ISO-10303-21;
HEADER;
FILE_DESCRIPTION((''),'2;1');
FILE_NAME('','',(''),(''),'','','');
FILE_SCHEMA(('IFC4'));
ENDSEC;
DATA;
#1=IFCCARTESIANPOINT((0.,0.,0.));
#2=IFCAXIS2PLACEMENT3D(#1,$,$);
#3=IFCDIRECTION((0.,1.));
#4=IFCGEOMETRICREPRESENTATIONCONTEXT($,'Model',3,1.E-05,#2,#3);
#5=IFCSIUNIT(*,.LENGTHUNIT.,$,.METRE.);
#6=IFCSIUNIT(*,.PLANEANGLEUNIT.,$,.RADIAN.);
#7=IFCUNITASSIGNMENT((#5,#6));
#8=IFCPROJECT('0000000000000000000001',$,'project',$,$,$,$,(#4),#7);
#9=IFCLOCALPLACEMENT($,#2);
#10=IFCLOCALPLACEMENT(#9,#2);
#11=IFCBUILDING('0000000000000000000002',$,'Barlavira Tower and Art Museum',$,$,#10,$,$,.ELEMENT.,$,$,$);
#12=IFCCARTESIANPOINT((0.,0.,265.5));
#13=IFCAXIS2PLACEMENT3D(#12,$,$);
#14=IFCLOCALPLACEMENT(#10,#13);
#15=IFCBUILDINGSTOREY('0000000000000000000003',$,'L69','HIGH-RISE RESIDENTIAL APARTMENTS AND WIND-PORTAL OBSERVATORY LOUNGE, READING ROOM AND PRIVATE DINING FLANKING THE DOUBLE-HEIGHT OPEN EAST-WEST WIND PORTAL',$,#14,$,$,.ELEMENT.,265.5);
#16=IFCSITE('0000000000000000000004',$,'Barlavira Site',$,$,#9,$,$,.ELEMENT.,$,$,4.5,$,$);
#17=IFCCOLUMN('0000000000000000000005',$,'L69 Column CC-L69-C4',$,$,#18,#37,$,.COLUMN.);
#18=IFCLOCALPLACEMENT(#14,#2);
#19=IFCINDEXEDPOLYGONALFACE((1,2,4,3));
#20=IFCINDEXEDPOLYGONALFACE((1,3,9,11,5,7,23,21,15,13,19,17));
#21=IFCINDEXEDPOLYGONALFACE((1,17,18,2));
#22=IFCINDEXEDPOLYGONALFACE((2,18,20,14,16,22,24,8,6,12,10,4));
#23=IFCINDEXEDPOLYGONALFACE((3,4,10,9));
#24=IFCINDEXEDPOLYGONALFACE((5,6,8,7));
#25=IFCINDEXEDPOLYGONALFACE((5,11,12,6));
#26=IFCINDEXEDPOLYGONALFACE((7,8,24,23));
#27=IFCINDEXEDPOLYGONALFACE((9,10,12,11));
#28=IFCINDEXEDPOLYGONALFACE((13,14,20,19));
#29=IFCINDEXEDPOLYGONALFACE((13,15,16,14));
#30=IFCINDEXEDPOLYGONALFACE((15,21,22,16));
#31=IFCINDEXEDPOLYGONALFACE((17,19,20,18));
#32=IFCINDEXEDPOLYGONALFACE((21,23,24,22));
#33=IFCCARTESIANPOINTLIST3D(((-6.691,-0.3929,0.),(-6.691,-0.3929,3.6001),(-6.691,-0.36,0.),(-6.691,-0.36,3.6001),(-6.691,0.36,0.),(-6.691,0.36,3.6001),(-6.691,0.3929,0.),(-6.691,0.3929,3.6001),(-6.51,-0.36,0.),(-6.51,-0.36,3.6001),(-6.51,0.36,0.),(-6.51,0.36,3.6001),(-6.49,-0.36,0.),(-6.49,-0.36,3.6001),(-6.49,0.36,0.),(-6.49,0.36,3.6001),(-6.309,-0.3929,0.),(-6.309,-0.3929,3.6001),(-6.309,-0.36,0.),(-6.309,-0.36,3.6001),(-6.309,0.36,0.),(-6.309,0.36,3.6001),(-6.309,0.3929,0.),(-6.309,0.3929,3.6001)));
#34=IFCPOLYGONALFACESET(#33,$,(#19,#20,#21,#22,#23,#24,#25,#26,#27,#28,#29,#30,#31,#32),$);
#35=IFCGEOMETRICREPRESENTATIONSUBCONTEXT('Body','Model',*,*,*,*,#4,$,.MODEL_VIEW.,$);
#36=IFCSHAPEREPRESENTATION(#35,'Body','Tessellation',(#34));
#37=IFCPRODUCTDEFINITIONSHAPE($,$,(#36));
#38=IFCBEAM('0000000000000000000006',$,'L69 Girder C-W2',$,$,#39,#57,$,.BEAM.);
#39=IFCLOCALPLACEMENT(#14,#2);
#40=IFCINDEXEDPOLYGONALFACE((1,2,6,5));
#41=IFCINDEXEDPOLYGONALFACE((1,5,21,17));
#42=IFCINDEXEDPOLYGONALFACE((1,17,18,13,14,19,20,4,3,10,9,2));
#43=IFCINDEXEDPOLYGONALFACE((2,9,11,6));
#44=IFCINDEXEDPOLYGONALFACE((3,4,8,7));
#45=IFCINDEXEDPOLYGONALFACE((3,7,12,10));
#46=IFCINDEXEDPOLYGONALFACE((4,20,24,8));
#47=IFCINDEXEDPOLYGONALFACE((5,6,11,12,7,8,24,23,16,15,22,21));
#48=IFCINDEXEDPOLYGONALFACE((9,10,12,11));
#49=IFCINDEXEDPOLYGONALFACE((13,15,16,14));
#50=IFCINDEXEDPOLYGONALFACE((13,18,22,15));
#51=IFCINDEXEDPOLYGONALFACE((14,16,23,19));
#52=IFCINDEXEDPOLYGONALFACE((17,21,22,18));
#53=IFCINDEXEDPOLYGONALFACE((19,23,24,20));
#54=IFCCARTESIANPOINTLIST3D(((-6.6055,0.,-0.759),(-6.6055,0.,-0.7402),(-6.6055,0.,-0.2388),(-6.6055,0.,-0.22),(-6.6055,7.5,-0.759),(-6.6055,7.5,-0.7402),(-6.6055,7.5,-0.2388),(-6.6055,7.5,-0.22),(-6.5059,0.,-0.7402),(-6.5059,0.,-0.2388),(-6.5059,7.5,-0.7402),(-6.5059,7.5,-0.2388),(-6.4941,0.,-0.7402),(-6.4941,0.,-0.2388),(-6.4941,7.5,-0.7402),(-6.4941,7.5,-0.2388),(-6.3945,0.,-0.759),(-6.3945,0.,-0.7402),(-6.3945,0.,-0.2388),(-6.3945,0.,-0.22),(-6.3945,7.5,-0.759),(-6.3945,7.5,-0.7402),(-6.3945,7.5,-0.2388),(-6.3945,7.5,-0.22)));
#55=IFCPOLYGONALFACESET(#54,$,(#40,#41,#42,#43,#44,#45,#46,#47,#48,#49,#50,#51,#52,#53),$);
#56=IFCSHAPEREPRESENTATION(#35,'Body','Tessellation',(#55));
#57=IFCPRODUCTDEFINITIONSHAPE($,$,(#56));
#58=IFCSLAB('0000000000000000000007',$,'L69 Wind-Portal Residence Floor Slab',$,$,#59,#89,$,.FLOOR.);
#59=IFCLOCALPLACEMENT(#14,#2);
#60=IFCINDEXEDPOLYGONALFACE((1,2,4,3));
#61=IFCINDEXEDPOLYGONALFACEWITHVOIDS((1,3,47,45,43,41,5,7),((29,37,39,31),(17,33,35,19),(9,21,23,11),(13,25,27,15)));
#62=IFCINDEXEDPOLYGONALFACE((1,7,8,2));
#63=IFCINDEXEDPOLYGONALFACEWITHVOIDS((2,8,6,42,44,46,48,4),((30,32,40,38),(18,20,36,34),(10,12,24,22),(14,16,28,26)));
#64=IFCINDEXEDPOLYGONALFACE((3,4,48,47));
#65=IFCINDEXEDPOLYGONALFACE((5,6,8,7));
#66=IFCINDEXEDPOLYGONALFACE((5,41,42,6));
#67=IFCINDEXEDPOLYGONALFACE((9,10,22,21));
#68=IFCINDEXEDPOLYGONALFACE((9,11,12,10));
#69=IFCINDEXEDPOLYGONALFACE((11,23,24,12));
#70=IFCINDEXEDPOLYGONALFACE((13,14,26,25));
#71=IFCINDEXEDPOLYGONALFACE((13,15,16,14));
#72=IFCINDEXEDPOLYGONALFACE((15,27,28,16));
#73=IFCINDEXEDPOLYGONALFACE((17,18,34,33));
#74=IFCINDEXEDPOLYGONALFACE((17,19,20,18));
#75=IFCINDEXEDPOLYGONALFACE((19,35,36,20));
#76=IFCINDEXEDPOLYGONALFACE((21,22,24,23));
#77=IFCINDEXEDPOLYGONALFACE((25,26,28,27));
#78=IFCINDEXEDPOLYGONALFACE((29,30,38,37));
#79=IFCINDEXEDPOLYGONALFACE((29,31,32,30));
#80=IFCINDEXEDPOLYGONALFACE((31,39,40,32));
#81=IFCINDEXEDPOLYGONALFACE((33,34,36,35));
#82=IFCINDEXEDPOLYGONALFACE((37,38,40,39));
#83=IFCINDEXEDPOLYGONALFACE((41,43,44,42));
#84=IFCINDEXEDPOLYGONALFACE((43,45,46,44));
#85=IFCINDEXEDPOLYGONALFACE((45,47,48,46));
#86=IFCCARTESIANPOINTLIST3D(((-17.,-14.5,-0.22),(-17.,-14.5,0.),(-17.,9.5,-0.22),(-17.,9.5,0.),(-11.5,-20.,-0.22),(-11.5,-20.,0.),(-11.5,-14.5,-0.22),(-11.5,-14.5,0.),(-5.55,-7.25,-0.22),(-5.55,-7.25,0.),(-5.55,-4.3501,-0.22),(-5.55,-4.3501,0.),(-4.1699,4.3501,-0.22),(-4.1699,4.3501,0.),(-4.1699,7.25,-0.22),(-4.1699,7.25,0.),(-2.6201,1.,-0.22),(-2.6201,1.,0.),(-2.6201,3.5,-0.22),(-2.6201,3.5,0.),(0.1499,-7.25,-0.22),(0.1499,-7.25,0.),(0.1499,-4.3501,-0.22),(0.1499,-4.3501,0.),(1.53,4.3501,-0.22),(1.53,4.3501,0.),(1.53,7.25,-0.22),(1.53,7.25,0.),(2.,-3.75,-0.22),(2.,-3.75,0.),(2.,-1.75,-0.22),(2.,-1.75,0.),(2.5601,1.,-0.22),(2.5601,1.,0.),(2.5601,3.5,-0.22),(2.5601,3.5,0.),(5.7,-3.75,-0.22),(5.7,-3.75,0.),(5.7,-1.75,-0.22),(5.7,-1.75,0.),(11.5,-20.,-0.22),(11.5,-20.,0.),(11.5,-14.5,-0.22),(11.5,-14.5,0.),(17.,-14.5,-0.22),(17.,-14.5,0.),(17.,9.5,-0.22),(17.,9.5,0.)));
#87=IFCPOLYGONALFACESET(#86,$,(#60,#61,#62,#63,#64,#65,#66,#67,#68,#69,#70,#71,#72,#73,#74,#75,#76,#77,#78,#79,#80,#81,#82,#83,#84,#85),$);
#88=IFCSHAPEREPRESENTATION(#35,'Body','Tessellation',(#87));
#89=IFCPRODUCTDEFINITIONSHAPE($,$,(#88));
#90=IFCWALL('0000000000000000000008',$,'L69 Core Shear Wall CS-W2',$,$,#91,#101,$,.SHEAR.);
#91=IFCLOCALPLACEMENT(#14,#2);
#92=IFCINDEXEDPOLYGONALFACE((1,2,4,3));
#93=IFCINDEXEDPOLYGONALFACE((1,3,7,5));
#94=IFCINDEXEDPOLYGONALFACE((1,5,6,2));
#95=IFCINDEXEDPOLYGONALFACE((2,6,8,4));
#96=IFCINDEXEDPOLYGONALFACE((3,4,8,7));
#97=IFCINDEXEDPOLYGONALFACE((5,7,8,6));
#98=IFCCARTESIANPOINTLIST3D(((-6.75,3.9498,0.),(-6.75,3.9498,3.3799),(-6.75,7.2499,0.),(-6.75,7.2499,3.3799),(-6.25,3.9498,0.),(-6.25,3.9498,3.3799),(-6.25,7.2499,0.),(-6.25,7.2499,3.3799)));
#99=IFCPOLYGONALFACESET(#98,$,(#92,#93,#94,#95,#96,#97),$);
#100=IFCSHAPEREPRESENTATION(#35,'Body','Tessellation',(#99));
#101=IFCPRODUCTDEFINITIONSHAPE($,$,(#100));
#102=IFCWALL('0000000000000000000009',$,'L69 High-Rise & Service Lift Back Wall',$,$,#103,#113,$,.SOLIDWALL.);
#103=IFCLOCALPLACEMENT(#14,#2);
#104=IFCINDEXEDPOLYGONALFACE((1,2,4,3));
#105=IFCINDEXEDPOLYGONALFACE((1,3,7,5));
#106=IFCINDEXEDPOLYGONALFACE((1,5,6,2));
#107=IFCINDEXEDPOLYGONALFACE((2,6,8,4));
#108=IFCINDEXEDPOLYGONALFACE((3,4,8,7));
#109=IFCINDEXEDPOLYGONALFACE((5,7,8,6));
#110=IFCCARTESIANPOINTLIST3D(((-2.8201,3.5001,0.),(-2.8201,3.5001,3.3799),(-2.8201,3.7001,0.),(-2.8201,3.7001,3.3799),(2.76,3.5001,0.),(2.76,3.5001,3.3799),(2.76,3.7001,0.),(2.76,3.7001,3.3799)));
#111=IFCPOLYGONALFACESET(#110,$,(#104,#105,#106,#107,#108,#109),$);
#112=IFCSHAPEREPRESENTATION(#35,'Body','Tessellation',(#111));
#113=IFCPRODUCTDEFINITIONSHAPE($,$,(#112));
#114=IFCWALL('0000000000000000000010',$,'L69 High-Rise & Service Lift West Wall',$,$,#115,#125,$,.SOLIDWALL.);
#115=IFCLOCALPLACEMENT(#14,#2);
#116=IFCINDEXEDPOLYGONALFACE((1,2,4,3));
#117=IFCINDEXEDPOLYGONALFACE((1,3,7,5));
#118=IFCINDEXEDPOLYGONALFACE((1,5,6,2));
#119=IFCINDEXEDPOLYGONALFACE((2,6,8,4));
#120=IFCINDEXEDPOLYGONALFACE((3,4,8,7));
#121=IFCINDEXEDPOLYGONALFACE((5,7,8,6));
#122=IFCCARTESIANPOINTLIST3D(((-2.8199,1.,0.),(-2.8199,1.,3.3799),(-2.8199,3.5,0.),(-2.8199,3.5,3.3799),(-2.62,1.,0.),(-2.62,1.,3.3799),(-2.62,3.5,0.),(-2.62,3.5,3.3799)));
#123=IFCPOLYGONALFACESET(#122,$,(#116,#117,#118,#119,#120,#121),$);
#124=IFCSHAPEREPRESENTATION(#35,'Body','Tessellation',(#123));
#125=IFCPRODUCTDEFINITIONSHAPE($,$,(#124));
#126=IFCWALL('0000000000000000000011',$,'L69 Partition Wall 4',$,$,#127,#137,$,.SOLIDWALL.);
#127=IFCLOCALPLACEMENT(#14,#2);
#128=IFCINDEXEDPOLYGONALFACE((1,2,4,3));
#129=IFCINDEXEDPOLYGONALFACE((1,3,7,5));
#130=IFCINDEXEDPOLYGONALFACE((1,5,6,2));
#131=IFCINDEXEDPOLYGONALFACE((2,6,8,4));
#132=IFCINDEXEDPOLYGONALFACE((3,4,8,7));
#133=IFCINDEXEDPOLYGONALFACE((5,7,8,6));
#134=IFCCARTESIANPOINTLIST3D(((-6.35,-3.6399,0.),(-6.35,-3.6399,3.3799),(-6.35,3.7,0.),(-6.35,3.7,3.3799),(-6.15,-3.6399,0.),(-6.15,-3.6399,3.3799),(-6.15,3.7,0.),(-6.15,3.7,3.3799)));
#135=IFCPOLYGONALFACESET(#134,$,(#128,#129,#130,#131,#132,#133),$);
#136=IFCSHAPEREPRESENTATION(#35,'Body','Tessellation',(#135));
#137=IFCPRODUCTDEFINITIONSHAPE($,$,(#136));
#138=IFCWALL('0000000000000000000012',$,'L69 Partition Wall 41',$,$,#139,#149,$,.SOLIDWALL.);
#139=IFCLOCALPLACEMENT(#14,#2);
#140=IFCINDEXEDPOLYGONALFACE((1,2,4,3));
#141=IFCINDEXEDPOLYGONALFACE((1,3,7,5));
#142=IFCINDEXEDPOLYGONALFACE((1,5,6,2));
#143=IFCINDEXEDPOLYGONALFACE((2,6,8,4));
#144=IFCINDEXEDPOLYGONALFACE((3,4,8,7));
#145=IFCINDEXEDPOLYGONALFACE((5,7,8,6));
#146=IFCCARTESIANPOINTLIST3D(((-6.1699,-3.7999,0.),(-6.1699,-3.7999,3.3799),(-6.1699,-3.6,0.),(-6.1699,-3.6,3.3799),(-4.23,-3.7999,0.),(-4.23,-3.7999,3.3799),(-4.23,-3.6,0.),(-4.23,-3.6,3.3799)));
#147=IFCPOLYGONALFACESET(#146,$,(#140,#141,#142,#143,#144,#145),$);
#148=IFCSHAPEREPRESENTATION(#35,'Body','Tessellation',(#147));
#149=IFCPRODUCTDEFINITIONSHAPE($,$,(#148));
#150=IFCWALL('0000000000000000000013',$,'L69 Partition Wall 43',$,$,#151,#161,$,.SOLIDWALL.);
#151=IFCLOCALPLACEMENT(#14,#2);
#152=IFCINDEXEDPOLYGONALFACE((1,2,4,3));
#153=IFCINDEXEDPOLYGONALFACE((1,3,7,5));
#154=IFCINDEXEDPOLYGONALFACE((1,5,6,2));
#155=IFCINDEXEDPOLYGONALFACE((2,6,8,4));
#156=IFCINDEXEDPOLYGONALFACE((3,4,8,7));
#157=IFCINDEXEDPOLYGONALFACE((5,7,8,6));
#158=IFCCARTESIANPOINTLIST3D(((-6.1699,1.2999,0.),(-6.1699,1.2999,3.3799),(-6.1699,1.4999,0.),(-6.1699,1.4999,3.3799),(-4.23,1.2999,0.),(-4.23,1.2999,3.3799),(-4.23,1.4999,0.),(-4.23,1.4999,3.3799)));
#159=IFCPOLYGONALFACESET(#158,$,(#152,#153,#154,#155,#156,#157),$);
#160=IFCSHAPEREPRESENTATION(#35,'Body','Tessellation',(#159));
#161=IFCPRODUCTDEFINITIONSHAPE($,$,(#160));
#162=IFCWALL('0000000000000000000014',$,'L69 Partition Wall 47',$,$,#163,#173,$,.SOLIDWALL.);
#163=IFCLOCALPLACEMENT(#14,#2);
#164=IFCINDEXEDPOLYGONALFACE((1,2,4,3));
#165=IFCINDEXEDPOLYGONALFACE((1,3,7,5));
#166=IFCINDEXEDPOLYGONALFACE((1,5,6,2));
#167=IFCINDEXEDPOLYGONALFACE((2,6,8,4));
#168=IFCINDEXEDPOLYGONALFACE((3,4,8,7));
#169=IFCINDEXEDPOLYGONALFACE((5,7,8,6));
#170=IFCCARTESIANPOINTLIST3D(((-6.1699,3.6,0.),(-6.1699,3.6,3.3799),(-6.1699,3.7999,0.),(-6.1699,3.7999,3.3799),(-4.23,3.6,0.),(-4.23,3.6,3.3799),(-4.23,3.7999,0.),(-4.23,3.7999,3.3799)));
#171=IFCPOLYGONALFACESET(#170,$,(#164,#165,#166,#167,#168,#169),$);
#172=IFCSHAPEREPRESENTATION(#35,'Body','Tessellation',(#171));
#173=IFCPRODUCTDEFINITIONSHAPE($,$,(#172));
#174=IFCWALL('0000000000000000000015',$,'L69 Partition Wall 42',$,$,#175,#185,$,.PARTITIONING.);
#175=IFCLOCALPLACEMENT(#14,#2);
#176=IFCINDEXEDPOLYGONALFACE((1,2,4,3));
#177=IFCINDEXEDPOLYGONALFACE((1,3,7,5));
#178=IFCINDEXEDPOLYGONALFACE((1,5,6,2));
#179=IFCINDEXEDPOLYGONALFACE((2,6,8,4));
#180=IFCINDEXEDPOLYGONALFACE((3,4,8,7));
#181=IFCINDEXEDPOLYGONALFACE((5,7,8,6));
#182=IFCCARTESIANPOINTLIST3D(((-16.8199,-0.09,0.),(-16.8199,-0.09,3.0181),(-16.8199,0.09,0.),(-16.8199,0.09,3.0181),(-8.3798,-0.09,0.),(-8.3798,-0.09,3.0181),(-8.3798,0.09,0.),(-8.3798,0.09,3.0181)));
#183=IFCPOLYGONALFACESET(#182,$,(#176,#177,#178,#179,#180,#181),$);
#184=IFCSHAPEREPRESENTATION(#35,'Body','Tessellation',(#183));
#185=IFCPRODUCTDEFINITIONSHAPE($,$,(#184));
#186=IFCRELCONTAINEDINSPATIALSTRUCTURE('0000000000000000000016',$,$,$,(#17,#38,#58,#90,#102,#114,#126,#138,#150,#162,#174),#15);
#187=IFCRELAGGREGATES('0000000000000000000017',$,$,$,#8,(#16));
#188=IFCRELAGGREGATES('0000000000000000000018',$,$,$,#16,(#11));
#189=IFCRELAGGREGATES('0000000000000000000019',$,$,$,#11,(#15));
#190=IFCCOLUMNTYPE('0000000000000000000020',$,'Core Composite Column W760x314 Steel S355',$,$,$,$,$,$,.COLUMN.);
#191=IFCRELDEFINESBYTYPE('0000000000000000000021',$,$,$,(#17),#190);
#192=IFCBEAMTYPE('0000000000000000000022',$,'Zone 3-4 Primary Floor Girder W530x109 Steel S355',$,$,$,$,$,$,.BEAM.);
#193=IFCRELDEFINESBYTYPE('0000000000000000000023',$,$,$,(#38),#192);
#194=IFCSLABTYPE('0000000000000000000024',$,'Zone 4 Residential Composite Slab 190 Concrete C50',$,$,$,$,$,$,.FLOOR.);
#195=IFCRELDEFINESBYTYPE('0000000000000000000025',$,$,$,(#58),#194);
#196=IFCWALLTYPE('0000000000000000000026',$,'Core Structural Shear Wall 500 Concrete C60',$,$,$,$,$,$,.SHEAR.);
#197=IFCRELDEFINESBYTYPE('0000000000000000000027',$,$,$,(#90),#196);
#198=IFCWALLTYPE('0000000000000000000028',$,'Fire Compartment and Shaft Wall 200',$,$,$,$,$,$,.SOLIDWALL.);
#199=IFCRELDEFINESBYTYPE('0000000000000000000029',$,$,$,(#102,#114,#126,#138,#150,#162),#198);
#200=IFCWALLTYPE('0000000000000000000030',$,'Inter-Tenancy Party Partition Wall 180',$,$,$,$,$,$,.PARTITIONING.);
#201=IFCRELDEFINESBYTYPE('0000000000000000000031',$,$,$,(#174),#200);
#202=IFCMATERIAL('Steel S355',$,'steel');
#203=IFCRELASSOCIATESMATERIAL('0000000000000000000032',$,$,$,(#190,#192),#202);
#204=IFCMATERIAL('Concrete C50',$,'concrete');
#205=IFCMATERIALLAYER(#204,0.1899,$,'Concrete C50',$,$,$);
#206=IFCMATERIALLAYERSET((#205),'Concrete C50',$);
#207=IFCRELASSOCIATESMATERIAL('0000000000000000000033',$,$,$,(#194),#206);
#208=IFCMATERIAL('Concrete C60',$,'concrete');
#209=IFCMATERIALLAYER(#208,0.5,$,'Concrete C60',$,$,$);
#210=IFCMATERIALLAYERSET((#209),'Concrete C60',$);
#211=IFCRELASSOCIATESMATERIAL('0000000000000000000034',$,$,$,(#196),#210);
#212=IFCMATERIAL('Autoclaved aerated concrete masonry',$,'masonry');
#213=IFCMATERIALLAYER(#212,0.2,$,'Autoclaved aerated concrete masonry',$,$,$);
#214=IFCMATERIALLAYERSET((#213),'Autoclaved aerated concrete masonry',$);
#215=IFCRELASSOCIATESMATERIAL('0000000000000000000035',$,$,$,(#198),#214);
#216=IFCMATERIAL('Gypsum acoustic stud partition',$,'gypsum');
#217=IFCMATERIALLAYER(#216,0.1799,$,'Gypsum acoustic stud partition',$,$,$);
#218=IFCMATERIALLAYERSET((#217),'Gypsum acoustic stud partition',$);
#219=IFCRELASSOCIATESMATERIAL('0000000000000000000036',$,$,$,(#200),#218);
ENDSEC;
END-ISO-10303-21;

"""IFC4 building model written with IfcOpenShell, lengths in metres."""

from ifc_helpers import new_model, si_unit, direction, frame, frame_2d, origin, origin_2d, place, context, subcontext, project, spatial, polyline, rectangle, i_section, outline, extrude, material, layer, layer_set, material_profile, profile_set, type_object, element, save


model = new_model("IFC4")

# Units and contexts
model_context = context("Model", 3, precision=1e-05, world=origin(), true_north=direction((0.0, 1.0)))
body_context = subcontext(model_context, "Body", "Model", "MODEL_VIEW")
ifc_project = project(units=[si_unit("LENGTHUNIT", "METRE"), si_unit("PLANEANGLEUNIT", "RADIAN")], contexts=[model_context])

# Site, building, storey
site_placement = place(None, origin())
site = spatial("IfcSite", under=ifc_project, at=site_placement, Name="Barlavira Site", CompositionType="ELEMENT", RefElevation=4.5)
building_placement = place(site_placement, origin())
building = spatial("IfcBuilding", under=site, at=building_placement, Name="Barlavira Tower and Art Museum", CompositionType="ELEMENT")
storey_placement = place(building_placement, frame((0.0, 0.0, 265.5)))
storey = spatial("IfcBuildingStorey", under=building, at=storey_placement, Name="L69", Description="HIGH-RISE RESIDENTIAL APARTMENTS AND WIND-PORTAL OBSERVATORY LOUNGE, READING ROOM AND PRIVATE DINING FLANKING THE DOUBLE-HEIGHT OPEN EAST-WEST WIND PORTAL", CompositionType="ELEMENT", Elevation=265.5)

# Column
ifc_material_1 = material(Name="Steel S355", Category="steel")
ifc_material_profile_1 = material_profile(ifc_material_1, i_section(OverallWidth=0.3821, OverallDepth=0.7859, WebThickness=0.02, FlangeThickness=0.033, at=origin_2d()), Name="W760x314.0")
ifc_profile_set_1 = profile_set([ifc_material_profile_1], Name="Steel S355")
column_type = type_object("IfcColumnType", Name="Core Composite Column W760x314 Steel S355", PredefinedType="COLUMN", material=ifc_profile_set_1)
column_placement = place(storey_placement, frame((-6.5, 0.0, 0.0), z_axis=(0.0, 0.0, 1.0), x_axis=(1.0, 0.0, 0.0)))
element("IfcColumn", 1, at=column_placement, inside=storey, type_object=column_type, Name="L69 Column CC-L69-C4", PredefinedType="COLUMN", context=body_context, shape_type="SweptSolid", body=[
    extrude(i_section(OverallWidth=0.3821, OverallDepth=0.7859, WebThickness=0.02, FlangeThickness=0.033, at=origin_2d()), origin(), (0.0, 0.0, 1.0), 3.6001),
])

# Beam
ifc_material_profile_2 = material_profile(ifc_material_1, i_section(OverallWidth=0.2109, OverallDepth=0.5391, WebThickness=0.0117, FlangeThickness=0.0188, at=origin_2d()), Name="W530x109.0")
ifc_profile_set_2 = profile_set([ifc_material_profile_2], Name="Steel S355")
beam_type = type_object("IfcBeamType", Name="Zone 3-4 Primary Floor Girder W530x109 Steel S355", PredefinedType="BEAM", material=ifc_profile_set_2)
beam_placement = place(storey_placement, frame((-6.5, 0.0, -0.4895), z_axis=(0.0, 1.0, 0.0), x_axis=(-1.0, 0.0, 0.0)))
element("IfcBeam", 2, at=beam_placement, inside=storey, type_object=beam_type, Name="L69 Girder C-W2", PredefinedType="BEAM", context=body_context, shape_type="SweptSolid", body=[
    extrude(i_section(OverallWidth=0.2109, OverallDepth=0.5391, WebThickness=0.0117, FlangeThickness=0.0188, at=origin_2d()), origin(), (0.0, 0.0, 1.0), 7.5),
])

# Slab
ifc_material_2 = material(Name="Concrete C50", Category="concrete")
ifc_layer_1 = layer(ifc_material_2, 0.1899, Name="Concrete C50")
ifc_layer_set_1 = layer_set([ifc_layer_1], Name="Concrete C50")
slab_type = type_object("IfcSlabType", Name="Zone 4 Residential Composite Slab 190 Concrete C50", PredefinedType="FLOOR", material=ifc_layer_set_1)
slab_placement = place(storey_placement, frame((0.0, 0.0, -0.22)))
element("IfcSlab", 3, at=slab_placement, inside=storey, type_object=slab_type, Name="L69 Wind-Portal Residence Floor Slab", PredefinedType="FLOOR", context=body_context, shape_type="SweptSolid", body=[
    extrude(outline(polyline([(-11.5, -20.0), (11.5, -20.0), (11.5, -14.5), (17.0, -14.5), (17.0, 9.5), (-17.0, 9.5), (-17.0, -14.5), (-11.5, -14.5), (-11.5, -20.0)]), holes=[polyline([(0.1499, -4.3501), (-5.55, -4.3501), (-5.55, -7.25), (0.1499, -7.25), (0.1499, -4.3501)]), polyline([(-4.1699, 4.3501), (1.53, 4.3501), (1.53, 7.25), (-4.1699, 7.25), (-4.1699, 4.3501)]), polyline([(-2.6201, 1.0), (2.5601, 1.0), (2.5601, 3.5), (-2.6201, 3.5), (-2.6201, 1.0)]), polyline([(2.0, -3.75), (5.7, -3.75), (5.7, -1.75), (2.0, -1.75), (2.0, -3.75)])]), origin(), (0.0, 0.0, 1.0), 0.22),
])

# Wall
ifc_material_3 = material(Name="Concrete C60", Category="concrete")
ifc_layer_2 = layer(ifc_material_3, 0.5, Name="Concrete C60")
ifc_layer_set_2 = layer_set([ifc_layer_2], Name="Concrete C60")
wall_type_1 = type_object("IfcWallType", Name="Core Structural Shear Wall 500 Concrete C60", PredefinedType="SHEAR", material=ifc_layer_set_2)
wall_1_placement = place(storey_placement, frame((-6.5, 3.95, 0.0), z_axis=(0.0, 0.0, 1.0), x_axis=(0.0, 1.0, 0.0)))
element("IfcWall", 4, at=wall_1_placement, inside=storey, type_object=wall_type_1, Name="L69 Core Shear Wall CS-W2", PredefinedType="SHEAR", context=body_context, shape_type="SweptSolid", body=[
    extrude(rectangle(XDim=3.3, YDim=0.5, at=frame_2d((1.6499, 0.0))), origin(), (0.0, 0.0, 1.0), 3.3799),
])

# Shared definitions
ifc_material_4 = material(Name="Autoclaved aerated concrete masonry", Category="masonry")
ifc_layer_3 = layer(ifc_material_4, 0.2, Name="Autoclaved aerated concrete masonry")
ifc_layer_set_3 = layer_set([ifc_layer_3], Name="Autoclaved aerated concrete masonry")
wall_type_2 = type_object("IfcWallType", Name="Fire Compartment and Shaft Wall 200", PredefinedType="SOLIDWALL", material=ifc_layer_set_3)

# Walls
wall_2_placement = place(storey_placement, frame((-2.8201, 3.6001, 0.0), z_axis=(0.0, 0.0, 1.0), x_axis=(1.0, 0.0, 0.0)))
element("IfcWall", 5, at=wall_2_placement, inside=storey, type_object=wall_type_2, Name="L69 High-Rise & Service Lift Back Wall", PredefinedType="SOLIDWALL", context=body_context, shape_type="SweptSolid", body=[
    extrude(rectangle(XDim=5.5801, YDim=0.2, at=frame_2d((2.79, 0.0))), origin(), (0.0, 0.0, 1.0), 3.3799),
])
wall_3_placement = place(storey_placement, frame((-2.72, 1.0, 0.0), z_axis=(0.0, 0.0, 1.0), x_axis=(0.0, 1.0, 0.0)))
element("IfcWall", 6, at=wall_3_placement, inside=storey, type_object=wall_type_2, Name="L69 High-Rise & Service Lift West Wall", PredefinedType="SOLIDWALL", context=body_context, shape_type="SweptSolid", body=[
    extrude(rectangle(XDim=2.5, YDim=0.2, at=frame_2d((1.25, 0.0))), origin(), (0.0, 0.0, 1.0), 3.3799),
])
wall_4_placement = place(storey_placement, frame((-6.25, -3.6399, 0.0), z_axis=(0.0, 0.0, 1.0), x_axis=(0.0, 1.0, 0.0)))
element("IfcWall", 7, at=wall_4_placement, inside=storey, type_object=wall_type_2, Name="L69 Partition Wall 4", PredefinedType="SOLIDWALL", context=body_context, shape_type="SweptSolid", body=[
    extrude(rectangle(XDim=7.3398, YDim=0.2, at=frame_2d((3.6699, 0.0))), origin(), (0.0, 0.0, 1.0), 3.3799),
])

# Walls
for number, where, z_axis, x_axis, name in (
    (8, (-6.1699, -3.7, 0.0), (0.0, 0.0, 1.0), (1.0, 0.0, 0.0), "L69 Partition Wall 41"),
    (9, (-6.1699, 1.3999, 0.0), (0.0, 0.0, 1.0), (1.0, 0.0, 0.0), "L69 Partition Wall 43"),
    (10, (-6.1699, 3.7, 0.0), (0.0, 0.0, 1.0), (1.0, 0.0, 0.0), "L69 Partition Wall 47"),
):
    element("IfcWall", number, at=place(storey_placement, frame(where, z_axis=z_axis, x_axis=x_axis)), inside=storey, type_object=wall_type_2, Name=name, PredefinedType="SOLIDWALL", context=body_context, shape_type="SweptSolid", body=[
        extrude(rectangle(XDim=1.9399, YDim=0.2, at=frame_2d((0.97, 0.0))), origin(), (0.0, 0.0, 1.0), 3.3799),
    ])
ifc_material_5 = material(Name="Gypsum acoustic stud partition", Category="gypsum")
ifc_layer_4 = layer(ifc_material_5, 0.1799, Name="Gypsum acoustic stud partition")
ifc_layer_set_4 = layer_set([ifc_layer_4], Name="Gypsum acoustic stud partition")
wall_type_3 = type_object("IfcWallType", Name="Inter-Tenancy Party Partition Wall 180", PredefinedType="PARTITIONING", material=ifc_layer_set_4)
wall_5_placement = place(storey_placement, frame((-16.8201, 0.0, 0.0), z_axis=(0.0, 0.0, 1.0), x_axis=(1.0, 0.0, 0.0)))
element("IfcWall", 11, at=wall_5_placement, inside=storey, type_object=wall_type_3, Name="L69 Partition Wall 42", PredefinedType="PARTITIONING", context=body_context, shape_type="SweptSolid", body=[
    extrude(rectangle(XDim=8.4402, YDim=0.1799, at=frame_2d((4.2202, 0.0))), origin(), (0.0, 0.0, 1.0), 3.0181),
])

save(model, "model.ifc")
